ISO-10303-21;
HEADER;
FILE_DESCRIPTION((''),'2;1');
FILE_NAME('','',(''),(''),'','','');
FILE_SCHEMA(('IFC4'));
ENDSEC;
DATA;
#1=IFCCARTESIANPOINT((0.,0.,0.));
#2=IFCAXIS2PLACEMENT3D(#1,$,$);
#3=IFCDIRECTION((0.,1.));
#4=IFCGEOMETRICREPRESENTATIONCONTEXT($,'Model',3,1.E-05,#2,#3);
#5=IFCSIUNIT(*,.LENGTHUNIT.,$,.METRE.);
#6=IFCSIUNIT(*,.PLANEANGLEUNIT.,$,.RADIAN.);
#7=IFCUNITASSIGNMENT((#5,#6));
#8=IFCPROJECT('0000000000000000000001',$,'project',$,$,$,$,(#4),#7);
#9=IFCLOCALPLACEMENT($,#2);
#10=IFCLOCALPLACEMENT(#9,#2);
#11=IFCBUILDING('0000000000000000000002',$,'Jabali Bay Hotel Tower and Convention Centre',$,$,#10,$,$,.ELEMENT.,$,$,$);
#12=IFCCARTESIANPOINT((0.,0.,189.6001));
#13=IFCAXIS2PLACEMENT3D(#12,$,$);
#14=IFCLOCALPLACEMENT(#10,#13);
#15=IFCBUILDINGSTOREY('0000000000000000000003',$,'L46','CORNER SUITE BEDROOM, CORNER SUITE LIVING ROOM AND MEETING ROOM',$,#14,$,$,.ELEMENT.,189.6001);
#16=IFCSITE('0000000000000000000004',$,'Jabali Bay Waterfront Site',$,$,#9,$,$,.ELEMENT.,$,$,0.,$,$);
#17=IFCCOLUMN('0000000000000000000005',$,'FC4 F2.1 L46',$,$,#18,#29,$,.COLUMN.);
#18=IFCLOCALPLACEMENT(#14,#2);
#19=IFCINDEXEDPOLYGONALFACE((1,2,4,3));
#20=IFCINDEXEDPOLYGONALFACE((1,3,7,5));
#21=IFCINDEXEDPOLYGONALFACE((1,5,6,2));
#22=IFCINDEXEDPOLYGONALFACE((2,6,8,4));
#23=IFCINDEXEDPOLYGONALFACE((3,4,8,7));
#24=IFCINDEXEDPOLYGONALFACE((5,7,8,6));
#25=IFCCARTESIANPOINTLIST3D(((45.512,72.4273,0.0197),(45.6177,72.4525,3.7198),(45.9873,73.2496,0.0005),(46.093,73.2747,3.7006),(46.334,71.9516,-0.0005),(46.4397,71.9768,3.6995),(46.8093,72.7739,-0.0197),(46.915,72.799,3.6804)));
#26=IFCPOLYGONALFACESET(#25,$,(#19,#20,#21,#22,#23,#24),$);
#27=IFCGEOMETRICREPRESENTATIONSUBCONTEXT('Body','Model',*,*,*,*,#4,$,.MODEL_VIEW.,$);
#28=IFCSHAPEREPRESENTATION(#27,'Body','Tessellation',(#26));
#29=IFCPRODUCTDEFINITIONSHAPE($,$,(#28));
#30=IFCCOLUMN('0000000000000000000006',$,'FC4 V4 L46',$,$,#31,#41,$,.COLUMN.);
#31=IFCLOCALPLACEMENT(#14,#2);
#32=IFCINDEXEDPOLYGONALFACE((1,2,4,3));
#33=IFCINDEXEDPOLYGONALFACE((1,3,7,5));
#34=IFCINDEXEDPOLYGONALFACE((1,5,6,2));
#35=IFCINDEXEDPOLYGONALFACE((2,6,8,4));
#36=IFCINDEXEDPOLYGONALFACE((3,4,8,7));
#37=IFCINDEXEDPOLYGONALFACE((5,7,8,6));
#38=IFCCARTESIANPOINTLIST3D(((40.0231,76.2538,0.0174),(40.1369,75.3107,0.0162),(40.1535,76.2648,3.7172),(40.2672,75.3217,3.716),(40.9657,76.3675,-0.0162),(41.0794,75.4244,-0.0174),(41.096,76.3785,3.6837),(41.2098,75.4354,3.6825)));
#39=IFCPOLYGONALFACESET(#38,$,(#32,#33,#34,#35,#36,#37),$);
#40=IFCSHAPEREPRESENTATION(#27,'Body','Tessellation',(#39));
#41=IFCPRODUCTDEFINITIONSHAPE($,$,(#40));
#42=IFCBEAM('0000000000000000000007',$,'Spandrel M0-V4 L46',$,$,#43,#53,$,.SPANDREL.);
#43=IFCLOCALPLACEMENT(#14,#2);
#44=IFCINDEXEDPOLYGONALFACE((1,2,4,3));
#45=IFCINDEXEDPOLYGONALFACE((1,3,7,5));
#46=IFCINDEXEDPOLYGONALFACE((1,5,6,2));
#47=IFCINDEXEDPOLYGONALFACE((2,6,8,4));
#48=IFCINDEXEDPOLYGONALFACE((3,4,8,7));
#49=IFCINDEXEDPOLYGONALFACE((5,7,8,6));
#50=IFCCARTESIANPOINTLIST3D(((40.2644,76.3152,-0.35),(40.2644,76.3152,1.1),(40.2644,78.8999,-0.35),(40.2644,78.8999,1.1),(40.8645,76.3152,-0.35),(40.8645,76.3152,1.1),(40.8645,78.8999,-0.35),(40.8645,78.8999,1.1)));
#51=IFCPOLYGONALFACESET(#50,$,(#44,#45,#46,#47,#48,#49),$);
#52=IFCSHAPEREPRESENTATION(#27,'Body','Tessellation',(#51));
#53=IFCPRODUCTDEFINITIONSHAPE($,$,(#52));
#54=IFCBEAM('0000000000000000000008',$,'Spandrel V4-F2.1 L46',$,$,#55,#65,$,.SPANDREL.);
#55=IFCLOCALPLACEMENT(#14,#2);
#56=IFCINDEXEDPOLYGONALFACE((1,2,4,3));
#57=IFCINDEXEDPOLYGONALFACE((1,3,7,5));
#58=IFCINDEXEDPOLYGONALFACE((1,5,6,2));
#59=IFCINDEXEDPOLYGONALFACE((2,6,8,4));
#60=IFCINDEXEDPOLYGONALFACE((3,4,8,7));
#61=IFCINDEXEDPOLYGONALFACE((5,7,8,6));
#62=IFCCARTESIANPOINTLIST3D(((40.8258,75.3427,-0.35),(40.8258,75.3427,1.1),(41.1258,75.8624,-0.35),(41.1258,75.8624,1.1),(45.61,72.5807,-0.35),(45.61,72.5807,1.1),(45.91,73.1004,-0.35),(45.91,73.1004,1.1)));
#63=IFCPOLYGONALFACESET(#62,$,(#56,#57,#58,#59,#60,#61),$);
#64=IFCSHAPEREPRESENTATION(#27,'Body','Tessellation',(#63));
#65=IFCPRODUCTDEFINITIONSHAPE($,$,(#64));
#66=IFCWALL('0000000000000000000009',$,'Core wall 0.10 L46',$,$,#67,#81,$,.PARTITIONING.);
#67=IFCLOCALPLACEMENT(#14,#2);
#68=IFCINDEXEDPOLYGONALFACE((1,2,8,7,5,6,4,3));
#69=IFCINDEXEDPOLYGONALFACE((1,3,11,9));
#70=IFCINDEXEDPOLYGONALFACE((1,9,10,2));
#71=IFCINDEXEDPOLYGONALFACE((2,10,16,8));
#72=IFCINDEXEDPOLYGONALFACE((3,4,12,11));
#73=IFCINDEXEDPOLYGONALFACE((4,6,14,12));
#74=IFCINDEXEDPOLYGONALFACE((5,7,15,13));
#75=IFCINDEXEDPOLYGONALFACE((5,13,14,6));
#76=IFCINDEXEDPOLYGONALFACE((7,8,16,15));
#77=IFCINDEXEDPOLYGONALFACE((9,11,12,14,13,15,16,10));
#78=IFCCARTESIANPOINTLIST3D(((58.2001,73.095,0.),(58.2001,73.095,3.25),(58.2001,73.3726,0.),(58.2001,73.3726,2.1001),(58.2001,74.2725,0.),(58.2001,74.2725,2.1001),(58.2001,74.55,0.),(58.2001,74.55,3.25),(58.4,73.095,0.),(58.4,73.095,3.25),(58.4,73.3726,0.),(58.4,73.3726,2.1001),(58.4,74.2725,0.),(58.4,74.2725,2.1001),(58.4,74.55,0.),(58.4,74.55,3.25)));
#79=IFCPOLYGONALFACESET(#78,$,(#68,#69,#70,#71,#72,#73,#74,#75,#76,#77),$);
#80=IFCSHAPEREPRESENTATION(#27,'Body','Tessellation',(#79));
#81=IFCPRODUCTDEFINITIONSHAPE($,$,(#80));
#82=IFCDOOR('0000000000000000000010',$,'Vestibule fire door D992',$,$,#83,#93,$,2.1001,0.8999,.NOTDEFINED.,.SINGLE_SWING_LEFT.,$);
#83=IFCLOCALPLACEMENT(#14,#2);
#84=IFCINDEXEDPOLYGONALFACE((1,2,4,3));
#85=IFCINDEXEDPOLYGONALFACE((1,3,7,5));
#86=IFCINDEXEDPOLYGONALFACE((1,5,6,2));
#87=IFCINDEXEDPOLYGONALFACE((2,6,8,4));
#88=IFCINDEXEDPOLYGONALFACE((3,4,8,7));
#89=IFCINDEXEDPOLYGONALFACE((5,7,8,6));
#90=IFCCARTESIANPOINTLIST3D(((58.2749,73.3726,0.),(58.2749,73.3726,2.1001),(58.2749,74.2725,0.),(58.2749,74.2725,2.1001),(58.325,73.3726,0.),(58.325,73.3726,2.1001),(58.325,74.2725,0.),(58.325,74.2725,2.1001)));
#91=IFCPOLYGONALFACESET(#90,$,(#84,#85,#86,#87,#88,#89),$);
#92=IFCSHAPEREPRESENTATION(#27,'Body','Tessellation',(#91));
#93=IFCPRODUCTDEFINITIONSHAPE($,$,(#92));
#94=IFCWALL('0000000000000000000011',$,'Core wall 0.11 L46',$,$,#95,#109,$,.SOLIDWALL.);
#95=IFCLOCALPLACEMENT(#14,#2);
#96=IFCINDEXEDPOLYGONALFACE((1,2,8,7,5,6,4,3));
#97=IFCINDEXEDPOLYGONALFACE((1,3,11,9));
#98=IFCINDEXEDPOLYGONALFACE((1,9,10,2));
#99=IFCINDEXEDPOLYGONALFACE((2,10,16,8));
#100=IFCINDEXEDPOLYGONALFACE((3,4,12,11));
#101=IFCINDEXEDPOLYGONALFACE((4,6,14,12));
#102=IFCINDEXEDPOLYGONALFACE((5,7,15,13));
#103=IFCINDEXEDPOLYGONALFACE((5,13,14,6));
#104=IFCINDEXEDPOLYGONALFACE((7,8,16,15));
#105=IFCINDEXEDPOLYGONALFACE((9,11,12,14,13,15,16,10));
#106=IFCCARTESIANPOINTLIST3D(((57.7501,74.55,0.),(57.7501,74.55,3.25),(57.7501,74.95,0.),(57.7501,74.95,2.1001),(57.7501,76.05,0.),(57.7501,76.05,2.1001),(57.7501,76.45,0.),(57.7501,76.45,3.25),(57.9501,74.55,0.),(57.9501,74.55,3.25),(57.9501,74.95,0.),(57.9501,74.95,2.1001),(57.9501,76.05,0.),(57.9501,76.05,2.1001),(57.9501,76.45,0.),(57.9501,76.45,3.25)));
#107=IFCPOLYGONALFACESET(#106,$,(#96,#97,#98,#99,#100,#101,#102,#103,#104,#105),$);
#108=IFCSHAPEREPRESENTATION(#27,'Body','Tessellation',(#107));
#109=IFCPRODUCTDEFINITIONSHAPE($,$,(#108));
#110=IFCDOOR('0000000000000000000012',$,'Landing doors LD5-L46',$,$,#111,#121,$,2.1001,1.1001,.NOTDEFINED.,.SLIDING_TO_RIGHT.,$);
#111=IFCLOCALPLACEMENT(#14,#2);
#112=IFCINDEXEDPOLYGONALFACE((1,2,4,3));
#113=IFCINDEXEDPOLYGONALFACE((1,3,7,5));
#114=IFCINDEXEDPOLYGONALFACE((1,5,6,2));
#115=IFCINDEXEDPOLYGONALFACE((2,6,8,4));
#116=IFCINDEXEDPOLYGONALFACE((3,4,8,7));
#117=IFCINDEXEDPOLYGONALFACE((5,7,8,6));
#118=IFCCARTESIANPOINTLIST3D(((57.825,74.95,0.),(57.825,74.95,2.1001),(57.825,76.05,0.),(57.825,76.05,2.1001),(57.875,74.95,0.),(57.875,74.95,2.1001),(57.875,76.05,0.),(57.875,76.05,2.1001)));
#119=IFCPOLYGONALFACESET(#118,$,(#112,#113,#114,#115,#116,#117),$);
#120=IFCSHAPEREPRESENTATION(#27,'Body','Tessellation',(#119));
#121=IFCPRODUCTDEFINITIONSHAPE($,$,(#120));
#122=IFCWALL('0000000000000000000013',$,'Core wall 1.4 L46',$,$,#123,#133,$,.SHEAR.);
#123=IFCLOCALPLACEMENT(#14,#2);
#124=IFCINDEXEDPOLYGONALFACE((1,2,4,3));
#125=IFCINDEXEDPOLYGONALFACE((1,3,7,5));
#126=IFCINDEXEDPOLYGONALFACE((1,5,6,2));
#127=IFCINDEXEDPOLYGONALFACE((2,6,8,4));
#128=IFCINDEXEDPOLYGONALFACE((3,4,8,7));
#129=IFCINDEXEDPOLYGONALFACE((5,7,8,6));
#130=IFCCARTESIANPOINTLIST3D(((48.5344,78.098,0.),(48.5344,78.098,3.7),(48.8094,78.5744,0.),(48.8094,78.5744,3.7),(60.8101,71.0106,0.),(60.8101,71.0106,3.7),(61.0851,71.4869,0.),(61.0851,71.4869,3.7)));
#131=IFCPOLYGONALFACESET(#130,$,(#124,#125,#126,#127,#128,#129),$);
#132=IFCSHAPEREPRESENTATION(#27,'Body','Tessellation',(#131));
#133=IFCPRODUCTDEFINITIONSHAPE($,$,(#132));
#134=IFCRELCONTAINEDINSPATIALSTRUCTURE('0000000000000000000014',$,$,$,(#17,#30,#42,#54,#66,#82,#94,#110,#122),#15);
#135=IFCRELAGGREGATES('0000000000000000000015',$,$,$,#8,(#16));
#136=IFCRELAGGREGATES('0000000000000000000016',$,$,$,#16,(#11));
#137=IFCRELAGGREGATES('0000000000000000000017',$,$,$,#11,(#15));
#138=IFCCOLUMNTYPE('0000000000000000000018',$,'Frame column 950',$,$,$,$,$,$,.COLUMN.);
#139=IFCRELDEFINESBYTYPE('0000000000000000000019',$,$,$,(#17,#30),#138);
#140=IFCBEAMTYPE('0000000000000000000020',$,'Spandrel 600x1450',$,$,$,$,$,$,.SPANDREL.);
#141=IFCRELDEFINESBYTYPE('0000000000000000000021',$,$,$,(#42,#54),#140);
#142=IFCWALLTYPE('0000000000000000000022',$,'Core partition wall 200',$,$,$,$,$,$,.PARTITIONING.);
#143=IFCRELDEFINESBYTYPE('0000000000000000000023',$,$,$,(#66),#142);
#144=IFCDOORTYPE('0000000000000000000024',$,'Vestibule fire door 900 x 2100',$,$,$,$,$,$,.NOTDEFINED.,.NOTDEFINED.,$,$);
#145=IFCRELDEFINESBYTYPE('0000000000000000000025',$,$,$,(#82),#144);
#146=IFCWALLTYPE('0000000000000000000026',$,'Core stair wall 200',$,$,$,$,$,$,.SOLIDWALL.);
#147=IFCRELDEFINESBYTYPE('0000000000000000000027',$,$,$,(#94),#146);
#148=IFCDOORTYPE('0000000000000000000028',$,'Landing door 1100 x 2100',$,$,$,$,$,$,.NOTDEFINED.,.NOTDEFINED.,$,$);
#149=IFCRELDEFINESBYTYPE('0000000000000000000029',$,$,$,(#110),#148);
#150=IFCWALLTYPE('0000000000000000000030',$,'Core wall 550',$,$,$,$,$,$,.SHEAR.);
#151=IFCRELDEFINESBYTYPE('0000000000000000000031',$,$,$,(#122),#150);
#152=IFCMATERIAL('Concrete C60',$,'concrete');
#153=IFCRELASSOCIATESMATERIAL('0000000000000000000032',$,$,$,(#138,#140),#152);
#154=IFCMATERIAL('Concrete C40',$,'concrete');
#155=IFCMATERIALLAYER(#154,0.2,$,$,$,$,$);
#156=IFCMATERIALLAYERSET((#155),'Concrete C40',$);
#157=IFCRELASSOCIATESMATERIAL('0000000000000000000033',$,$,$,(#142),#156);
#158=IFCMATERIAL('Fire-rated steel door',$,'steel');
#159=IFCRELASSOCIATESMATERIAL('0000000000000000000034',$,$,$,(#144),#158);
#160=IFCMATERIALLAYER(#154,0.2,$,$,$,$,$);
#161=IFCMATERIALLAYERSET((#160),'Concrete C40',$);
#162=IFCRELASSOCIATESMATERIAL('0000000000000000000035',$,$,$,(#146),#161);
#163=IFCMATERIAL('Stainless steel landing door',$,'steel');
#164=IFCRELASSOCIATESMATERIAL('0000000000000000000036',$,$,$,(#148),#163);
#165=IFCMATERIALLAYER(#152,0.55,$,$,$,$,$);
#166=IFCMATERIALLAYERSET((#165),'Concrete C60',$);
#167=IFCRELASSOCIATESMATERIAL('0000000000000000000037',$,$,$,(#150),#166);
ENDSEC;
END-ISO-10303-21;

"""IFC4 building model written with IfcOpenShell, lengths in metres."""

from ifc_helpers import new_model, si_unit, direction, frame, frame_2d, origin, origin_2d, place, context, subcontext, project, spatial, rectangle, extrude, material, layer, layer_set, material_profile, profile_set, type_object, element, fill, save


model = new_model("IFC4")

# Units and contexts
model_context = context("Model", 3, precision=1e-05, world=origin(), true_north=direction((0.0, 1.0)))
body_context = subcontext(model_context, "Body", "Model", "MODEL_VIEW")
ifc_project = project(units=[si_unit("LENGTHUNIT", "METRE"), si_unit("PLANEANGLEUNIT", "RADIAN")], contexts=[model_context])

# Site, building, storey
site_placement = place(None, origin())
site = spatial("IfcSite", under=ifc_project, at=site_placement, Name="Jabali Bay Waterfront Site", CompositionType="ELEMENT", RefElevation=0.0)
building_placement = place(site_placement, origin())
building = spatial("IfcBuilding", under=site, at=building_placement, Name="Jabali Bay Hotel Tower and Convention Centre", CompositionType="ELEMENT")
storey_placement = place(building_placement, frame((0.0, 0.0, 189.6001)))
storey = spatial("IfcBuildingStorey", under=building, at=storey_placement, Name="L46", Description="CORNER SUITE BEDROOM, CORNER SUITE LIVING ROOM AND MEETING ROOM", CompositionType="ELEMENT", Elevation=189.6001)

# Columns
ifc_material_1 = material(Name="Concrete C60", Category="concrete")
ifc_material_profile_1 = material_profile(ifc_material_1, rectangle(XDim=0.95, YDim=0.95, at=origin_2d()), Name="Frame column 950")
ifc_profile_set_1 = profile_set([ifc_material_profile_1], Name="Concrete C60")
column_type = type_object("IfcColumnType", Name="Frame column 950", PredefinedType="COLUMN", material=ifc_profile_set_1)
column_1_placement = place(storey_placement, frame((46.1606, 72.6006, 0.0), z_axis=(0.028559, 0.006794, 0.999569), x_axis=(-0.865319, 0.500768, 0.02132)))
element("IfcColumn", 1, at=column_1_placement, inside=storey, type_object=column_type, Name="FC4 F2.1 L46", PredefinedType="COLUMN", context=body_context, shape_type="SweptSolid", body=[
    extrude(rectangle(XDim=0.95, YDim=0.95, at=origin_2d()), origin(), (0.0, 0.0, 1.0), 3.7017),
])
column_2_placement = place(storey_placement, frame((40.5513, 75.8391, 0.0), z_axis=(0.035214, 0.002967, 0.999375), x_axis=(-0.11974, 0.992805, 0.001271)))
element("IfcColumn", 2, at=column_2_placement, inside=storey, type_object=column_type, Name="FC4 V4 L46", PredefinedType="COLUMN", context=body_context, shape_type="SweptSolid", body=[
    extrude(rectangle(XDim=0.95, YDim=0.95, at=origin_2d()), origin(), (0.0, 0.0, 1.0), 3.7021),
])

# Beams
ifc_material_profile_2 = material_profile(ifc_material_1, rectangle(XDim=0.6001, YDim=1.45, at=origin_2d()), Name="Spandrel 600x1450")
ifc_profile_set_2 = profile_set([ifc_material_profile_2], Name="Concrete C60")
beam_type = type_object("IfcBeamType", Name="Spandrel 600x1450", PredefinedType="SPANDREL", material=ifc_profile_set_2)
beam_1_placement = place(storey_placement, frame((40.5645, 78.8999, 0.375), z_axis=(0.0, -1.0, 0.0), x_axis=(1.0, 0.0, 0.0)))
element("IfcBeam", 3, at=beam_1_placement, inside=storey, type_object=beam_type, Name="Spandrel M0-V4 L46", PredefinedType="SPANDREL", context=body_context, shape_type="SweptSolid", body=[
    extrude(rectangle(XDim=0.6001, YDim=1.45, at=origin_2d()), origin(), (0.0, 0.0, 1.0), 2.5847),
])
beam_2_placement = place(storey_placement, frame((40.9758, 75.6025, 0.375), z_axis=(0.86604, -0.499975, 0.0), x_axis=(0.499975, 0.86604, 0.0)))
element("IfcBeam", 4, at=beam_2_placement, inside=storey, type_object=beam_type, Name="Spandrel V4-F2.1 L46", PredefinedType="SPANDREL", context=body_context, shape_type="SweptSolid", body=[
    extrude(rectangle(XDim=0.6001, YDim=1.45, at=origin_2d()), origin(), (0.0, 0.0, 1.0), 5.5242),
])

# Walls, openings, doors
ifc_material_2 = material(Name="Concrete C40", Category="concrete")
ifc_layer_1 = layer(ifc_material_2, 0.2)
ifc_layer_set_1 = layer_set([ifc_layer_1], Name="Concrete C40")
wall_type_1 = type_object("IfcWallType", Name="Core partition wall 200", PredefinedType="PARTITIONING", material=ifc_layer_set_1)
wall_1_placement = place(storey_placement, frame((58.3, 74.55, 0.0), z_axis=(0.0, 0.0, 1.0), x_axis=(0.0, -1.0, 0.0)))
wall_1 = element("IfcWall", 5, at=wall_1_placement, inside=storey, type_object=wall_type_1, Name="Core wall 0.10 L46", PredefinedType="PARTITIONING", context=body_context, shape_type="SweptSolid", body=[
    extrude(rectangle(XDim=1.4551, YDim=0.2, at=frame_2d((0.7275, 0.0))), origin(), (0.0, 0.0, 1.0), 3.25),
])
opening_1_placement = place(wall_1_placement, frame((0.2776, 0.0, 0.0)))
opening_1 = element("IfcOpeningElement", 6, at=opening_1_placement, cuts=wall_1, PredefinedType="OPENING", context=body_context, shape_type="SweptSolid", body=[
    extrude(rectangle(XDim=0.8999, YDim=2.1001, at=frame_2d((0.45, 1.05))), frame((0.0, 0.1104, 0.0), z_axis=(0.0, -1.0, 0.0), x_axis=(1.0, 0.0, 0.0)), (0.0, 0.0, 1.0), 0.2209),
])
ifc_material_3 = material(Name="Fire-rated steel door", Category="steel")
door_type_1 = type_object("IfcDoorType", Name="Vestibule fire door 900 x 2100", OperationType="NOTDEFINED", PredefinedType="NOTDEFINED", material=ifc_material_3)
door_1_placement = place(opening_1_placement, origin())
door_1 = element("IfcDoor", 7, at=door_1_placement, inside=storey, type_object=door_type_1, Name="Vestibule fire door D992", OperationType="SINGLE_SWING_LEFT", OverallHeight=2.1001, OverallWidth=0.8999, PredefinedType="NOTDEFINED", context=body_context, shape_type="SweptSolid", body=[
    extrude(rectangle(XDim=0.8999, YDim=2.1001, at=frame_2d((0.45, 1.05))), frame((0.0, 0.0249, 0.0), z_axis=(0.0, -1.0, 0.0), x_axis=(1.0, 0.0, 0.0)), (0.0, 0.0, 1.0), 0.05),
])
fill(opening_1, door_1)
ifc_layer_2 = layer(ifc_material_2, 0.2)
ifc_layer_set_2 = layer_set([ifc_layer_2], Name="Concrete C40")
wall_type_2 = type_object("IfcWallType", Name="Core stair wall 200", PredefinedType="SOLIDWALL", material=ifc_layer_set_2)
wall_2_placement = place(storey_placement, frame((57.8501, 76.45, 0.0), z_axis=(0.0, 0.0, 1.0), x_axis=(0.0, -1.0, 0.0)))
wall_2 = element("IfcWall", 8, at=wall_2_placement, inside=storey, type_object=wall_type_2, Name="Core wall 0.11 L46", PredefinedType="SOLIDWALL", context=body_context, shape_type="SweptSolid", body=[
    extrude(rectangle(XDim=1.8999, YDim=0.2, at=frame_2d((0.95, 0.0))), origin(), (0.0, 0.0, 1.0), 3.25),
])
opening_2_placement = place(wall_2_placement, frame((0.3999, 0.0, 0.0)))
opening_2 = element("IfcOpeningElement", 9, at=opening_2_placement, cuts=wall_2, PredefinedType="OPENING", context=body_context, shape_type="SweptSolid", body=[
    extrude(rectangle(XDim=1.1001, YDim=2.1001, at=frame_2d((0.55, 1.05))), frame((0.0, 0.1104, 0.0), z_axis=(0.0, -1.0, 0.0), x_axis=(1.0, 0.0, 0.0)), (0.0, 0.0, 1.0), 0.2209),
])
ifc_material_4 = material(Name="Stainless steel landing door", Category="steel")
door_type_2 = type_object("IfcDoorType", Name="Landing door 1100 x 2100", OperationType="NOTDEFINED", PredefinedType="NOTDEFINED", material=ifc_material_4)
door_2_placement = place(opening_2_placement, origin())
door_2 = element("IfcDoor", 10, at=door_2_placement, inside=storey, type_object=door_type_2, Name="Landing doors LD5-L46", OperationType="SLIDING_TO_RIGHT", OverallHeight=2.1001, OverallWidth=1.1001, PredefinedType="NOTDEFINED", context=body_context, shape_type="SweptSolid", body=[
    extrude(rectangle(XDim=1.1001, YDim=2.1001, at=frame_2d((0.55, 1.05))), frame((0.0, 0.0249, 0.0), z_axis=(0.0, -1.0, 0.0), x_axis=(1.0, 0.0, 0.0)), (0.0, 0.0, 1.0), 0.05),
])
fill(opening_2, door_2)

# Wall
ifc_layer_3 = layer(ifc_material_1, 0.55)
ifc_layer_set_3 = layer_set([ifc_layer_3], Name="Concrete C60")
wall_type_3 = type_object("IfcWallType", Name="Core wall 550", PredefinedType="SHEAR", material=ifc_layer_set_3)
wall_3_placement = place(storey_placement, frame((48.6719, 78.3362, 0.0), z_axis=(0.0, 0.0, 1.0), x_axis=(0.866024, -0.500003, 0.0)))
element("IfcWall", 11, at=wall_3_placement, inside=storey, type_object=wall_type_3, Name="Core wall 1.4 L46", PredefinedType="SHEAR", context=body_context, shape_type="SweptSolid", body=[
    extrude(rectangle(XDim=14.1748, YDim=0.55, at=frame_2d((7.0874, 0.0))), origin(), (0.0, 0.0, 1.0), 3.7),
])

save(model, "model.ifc")
